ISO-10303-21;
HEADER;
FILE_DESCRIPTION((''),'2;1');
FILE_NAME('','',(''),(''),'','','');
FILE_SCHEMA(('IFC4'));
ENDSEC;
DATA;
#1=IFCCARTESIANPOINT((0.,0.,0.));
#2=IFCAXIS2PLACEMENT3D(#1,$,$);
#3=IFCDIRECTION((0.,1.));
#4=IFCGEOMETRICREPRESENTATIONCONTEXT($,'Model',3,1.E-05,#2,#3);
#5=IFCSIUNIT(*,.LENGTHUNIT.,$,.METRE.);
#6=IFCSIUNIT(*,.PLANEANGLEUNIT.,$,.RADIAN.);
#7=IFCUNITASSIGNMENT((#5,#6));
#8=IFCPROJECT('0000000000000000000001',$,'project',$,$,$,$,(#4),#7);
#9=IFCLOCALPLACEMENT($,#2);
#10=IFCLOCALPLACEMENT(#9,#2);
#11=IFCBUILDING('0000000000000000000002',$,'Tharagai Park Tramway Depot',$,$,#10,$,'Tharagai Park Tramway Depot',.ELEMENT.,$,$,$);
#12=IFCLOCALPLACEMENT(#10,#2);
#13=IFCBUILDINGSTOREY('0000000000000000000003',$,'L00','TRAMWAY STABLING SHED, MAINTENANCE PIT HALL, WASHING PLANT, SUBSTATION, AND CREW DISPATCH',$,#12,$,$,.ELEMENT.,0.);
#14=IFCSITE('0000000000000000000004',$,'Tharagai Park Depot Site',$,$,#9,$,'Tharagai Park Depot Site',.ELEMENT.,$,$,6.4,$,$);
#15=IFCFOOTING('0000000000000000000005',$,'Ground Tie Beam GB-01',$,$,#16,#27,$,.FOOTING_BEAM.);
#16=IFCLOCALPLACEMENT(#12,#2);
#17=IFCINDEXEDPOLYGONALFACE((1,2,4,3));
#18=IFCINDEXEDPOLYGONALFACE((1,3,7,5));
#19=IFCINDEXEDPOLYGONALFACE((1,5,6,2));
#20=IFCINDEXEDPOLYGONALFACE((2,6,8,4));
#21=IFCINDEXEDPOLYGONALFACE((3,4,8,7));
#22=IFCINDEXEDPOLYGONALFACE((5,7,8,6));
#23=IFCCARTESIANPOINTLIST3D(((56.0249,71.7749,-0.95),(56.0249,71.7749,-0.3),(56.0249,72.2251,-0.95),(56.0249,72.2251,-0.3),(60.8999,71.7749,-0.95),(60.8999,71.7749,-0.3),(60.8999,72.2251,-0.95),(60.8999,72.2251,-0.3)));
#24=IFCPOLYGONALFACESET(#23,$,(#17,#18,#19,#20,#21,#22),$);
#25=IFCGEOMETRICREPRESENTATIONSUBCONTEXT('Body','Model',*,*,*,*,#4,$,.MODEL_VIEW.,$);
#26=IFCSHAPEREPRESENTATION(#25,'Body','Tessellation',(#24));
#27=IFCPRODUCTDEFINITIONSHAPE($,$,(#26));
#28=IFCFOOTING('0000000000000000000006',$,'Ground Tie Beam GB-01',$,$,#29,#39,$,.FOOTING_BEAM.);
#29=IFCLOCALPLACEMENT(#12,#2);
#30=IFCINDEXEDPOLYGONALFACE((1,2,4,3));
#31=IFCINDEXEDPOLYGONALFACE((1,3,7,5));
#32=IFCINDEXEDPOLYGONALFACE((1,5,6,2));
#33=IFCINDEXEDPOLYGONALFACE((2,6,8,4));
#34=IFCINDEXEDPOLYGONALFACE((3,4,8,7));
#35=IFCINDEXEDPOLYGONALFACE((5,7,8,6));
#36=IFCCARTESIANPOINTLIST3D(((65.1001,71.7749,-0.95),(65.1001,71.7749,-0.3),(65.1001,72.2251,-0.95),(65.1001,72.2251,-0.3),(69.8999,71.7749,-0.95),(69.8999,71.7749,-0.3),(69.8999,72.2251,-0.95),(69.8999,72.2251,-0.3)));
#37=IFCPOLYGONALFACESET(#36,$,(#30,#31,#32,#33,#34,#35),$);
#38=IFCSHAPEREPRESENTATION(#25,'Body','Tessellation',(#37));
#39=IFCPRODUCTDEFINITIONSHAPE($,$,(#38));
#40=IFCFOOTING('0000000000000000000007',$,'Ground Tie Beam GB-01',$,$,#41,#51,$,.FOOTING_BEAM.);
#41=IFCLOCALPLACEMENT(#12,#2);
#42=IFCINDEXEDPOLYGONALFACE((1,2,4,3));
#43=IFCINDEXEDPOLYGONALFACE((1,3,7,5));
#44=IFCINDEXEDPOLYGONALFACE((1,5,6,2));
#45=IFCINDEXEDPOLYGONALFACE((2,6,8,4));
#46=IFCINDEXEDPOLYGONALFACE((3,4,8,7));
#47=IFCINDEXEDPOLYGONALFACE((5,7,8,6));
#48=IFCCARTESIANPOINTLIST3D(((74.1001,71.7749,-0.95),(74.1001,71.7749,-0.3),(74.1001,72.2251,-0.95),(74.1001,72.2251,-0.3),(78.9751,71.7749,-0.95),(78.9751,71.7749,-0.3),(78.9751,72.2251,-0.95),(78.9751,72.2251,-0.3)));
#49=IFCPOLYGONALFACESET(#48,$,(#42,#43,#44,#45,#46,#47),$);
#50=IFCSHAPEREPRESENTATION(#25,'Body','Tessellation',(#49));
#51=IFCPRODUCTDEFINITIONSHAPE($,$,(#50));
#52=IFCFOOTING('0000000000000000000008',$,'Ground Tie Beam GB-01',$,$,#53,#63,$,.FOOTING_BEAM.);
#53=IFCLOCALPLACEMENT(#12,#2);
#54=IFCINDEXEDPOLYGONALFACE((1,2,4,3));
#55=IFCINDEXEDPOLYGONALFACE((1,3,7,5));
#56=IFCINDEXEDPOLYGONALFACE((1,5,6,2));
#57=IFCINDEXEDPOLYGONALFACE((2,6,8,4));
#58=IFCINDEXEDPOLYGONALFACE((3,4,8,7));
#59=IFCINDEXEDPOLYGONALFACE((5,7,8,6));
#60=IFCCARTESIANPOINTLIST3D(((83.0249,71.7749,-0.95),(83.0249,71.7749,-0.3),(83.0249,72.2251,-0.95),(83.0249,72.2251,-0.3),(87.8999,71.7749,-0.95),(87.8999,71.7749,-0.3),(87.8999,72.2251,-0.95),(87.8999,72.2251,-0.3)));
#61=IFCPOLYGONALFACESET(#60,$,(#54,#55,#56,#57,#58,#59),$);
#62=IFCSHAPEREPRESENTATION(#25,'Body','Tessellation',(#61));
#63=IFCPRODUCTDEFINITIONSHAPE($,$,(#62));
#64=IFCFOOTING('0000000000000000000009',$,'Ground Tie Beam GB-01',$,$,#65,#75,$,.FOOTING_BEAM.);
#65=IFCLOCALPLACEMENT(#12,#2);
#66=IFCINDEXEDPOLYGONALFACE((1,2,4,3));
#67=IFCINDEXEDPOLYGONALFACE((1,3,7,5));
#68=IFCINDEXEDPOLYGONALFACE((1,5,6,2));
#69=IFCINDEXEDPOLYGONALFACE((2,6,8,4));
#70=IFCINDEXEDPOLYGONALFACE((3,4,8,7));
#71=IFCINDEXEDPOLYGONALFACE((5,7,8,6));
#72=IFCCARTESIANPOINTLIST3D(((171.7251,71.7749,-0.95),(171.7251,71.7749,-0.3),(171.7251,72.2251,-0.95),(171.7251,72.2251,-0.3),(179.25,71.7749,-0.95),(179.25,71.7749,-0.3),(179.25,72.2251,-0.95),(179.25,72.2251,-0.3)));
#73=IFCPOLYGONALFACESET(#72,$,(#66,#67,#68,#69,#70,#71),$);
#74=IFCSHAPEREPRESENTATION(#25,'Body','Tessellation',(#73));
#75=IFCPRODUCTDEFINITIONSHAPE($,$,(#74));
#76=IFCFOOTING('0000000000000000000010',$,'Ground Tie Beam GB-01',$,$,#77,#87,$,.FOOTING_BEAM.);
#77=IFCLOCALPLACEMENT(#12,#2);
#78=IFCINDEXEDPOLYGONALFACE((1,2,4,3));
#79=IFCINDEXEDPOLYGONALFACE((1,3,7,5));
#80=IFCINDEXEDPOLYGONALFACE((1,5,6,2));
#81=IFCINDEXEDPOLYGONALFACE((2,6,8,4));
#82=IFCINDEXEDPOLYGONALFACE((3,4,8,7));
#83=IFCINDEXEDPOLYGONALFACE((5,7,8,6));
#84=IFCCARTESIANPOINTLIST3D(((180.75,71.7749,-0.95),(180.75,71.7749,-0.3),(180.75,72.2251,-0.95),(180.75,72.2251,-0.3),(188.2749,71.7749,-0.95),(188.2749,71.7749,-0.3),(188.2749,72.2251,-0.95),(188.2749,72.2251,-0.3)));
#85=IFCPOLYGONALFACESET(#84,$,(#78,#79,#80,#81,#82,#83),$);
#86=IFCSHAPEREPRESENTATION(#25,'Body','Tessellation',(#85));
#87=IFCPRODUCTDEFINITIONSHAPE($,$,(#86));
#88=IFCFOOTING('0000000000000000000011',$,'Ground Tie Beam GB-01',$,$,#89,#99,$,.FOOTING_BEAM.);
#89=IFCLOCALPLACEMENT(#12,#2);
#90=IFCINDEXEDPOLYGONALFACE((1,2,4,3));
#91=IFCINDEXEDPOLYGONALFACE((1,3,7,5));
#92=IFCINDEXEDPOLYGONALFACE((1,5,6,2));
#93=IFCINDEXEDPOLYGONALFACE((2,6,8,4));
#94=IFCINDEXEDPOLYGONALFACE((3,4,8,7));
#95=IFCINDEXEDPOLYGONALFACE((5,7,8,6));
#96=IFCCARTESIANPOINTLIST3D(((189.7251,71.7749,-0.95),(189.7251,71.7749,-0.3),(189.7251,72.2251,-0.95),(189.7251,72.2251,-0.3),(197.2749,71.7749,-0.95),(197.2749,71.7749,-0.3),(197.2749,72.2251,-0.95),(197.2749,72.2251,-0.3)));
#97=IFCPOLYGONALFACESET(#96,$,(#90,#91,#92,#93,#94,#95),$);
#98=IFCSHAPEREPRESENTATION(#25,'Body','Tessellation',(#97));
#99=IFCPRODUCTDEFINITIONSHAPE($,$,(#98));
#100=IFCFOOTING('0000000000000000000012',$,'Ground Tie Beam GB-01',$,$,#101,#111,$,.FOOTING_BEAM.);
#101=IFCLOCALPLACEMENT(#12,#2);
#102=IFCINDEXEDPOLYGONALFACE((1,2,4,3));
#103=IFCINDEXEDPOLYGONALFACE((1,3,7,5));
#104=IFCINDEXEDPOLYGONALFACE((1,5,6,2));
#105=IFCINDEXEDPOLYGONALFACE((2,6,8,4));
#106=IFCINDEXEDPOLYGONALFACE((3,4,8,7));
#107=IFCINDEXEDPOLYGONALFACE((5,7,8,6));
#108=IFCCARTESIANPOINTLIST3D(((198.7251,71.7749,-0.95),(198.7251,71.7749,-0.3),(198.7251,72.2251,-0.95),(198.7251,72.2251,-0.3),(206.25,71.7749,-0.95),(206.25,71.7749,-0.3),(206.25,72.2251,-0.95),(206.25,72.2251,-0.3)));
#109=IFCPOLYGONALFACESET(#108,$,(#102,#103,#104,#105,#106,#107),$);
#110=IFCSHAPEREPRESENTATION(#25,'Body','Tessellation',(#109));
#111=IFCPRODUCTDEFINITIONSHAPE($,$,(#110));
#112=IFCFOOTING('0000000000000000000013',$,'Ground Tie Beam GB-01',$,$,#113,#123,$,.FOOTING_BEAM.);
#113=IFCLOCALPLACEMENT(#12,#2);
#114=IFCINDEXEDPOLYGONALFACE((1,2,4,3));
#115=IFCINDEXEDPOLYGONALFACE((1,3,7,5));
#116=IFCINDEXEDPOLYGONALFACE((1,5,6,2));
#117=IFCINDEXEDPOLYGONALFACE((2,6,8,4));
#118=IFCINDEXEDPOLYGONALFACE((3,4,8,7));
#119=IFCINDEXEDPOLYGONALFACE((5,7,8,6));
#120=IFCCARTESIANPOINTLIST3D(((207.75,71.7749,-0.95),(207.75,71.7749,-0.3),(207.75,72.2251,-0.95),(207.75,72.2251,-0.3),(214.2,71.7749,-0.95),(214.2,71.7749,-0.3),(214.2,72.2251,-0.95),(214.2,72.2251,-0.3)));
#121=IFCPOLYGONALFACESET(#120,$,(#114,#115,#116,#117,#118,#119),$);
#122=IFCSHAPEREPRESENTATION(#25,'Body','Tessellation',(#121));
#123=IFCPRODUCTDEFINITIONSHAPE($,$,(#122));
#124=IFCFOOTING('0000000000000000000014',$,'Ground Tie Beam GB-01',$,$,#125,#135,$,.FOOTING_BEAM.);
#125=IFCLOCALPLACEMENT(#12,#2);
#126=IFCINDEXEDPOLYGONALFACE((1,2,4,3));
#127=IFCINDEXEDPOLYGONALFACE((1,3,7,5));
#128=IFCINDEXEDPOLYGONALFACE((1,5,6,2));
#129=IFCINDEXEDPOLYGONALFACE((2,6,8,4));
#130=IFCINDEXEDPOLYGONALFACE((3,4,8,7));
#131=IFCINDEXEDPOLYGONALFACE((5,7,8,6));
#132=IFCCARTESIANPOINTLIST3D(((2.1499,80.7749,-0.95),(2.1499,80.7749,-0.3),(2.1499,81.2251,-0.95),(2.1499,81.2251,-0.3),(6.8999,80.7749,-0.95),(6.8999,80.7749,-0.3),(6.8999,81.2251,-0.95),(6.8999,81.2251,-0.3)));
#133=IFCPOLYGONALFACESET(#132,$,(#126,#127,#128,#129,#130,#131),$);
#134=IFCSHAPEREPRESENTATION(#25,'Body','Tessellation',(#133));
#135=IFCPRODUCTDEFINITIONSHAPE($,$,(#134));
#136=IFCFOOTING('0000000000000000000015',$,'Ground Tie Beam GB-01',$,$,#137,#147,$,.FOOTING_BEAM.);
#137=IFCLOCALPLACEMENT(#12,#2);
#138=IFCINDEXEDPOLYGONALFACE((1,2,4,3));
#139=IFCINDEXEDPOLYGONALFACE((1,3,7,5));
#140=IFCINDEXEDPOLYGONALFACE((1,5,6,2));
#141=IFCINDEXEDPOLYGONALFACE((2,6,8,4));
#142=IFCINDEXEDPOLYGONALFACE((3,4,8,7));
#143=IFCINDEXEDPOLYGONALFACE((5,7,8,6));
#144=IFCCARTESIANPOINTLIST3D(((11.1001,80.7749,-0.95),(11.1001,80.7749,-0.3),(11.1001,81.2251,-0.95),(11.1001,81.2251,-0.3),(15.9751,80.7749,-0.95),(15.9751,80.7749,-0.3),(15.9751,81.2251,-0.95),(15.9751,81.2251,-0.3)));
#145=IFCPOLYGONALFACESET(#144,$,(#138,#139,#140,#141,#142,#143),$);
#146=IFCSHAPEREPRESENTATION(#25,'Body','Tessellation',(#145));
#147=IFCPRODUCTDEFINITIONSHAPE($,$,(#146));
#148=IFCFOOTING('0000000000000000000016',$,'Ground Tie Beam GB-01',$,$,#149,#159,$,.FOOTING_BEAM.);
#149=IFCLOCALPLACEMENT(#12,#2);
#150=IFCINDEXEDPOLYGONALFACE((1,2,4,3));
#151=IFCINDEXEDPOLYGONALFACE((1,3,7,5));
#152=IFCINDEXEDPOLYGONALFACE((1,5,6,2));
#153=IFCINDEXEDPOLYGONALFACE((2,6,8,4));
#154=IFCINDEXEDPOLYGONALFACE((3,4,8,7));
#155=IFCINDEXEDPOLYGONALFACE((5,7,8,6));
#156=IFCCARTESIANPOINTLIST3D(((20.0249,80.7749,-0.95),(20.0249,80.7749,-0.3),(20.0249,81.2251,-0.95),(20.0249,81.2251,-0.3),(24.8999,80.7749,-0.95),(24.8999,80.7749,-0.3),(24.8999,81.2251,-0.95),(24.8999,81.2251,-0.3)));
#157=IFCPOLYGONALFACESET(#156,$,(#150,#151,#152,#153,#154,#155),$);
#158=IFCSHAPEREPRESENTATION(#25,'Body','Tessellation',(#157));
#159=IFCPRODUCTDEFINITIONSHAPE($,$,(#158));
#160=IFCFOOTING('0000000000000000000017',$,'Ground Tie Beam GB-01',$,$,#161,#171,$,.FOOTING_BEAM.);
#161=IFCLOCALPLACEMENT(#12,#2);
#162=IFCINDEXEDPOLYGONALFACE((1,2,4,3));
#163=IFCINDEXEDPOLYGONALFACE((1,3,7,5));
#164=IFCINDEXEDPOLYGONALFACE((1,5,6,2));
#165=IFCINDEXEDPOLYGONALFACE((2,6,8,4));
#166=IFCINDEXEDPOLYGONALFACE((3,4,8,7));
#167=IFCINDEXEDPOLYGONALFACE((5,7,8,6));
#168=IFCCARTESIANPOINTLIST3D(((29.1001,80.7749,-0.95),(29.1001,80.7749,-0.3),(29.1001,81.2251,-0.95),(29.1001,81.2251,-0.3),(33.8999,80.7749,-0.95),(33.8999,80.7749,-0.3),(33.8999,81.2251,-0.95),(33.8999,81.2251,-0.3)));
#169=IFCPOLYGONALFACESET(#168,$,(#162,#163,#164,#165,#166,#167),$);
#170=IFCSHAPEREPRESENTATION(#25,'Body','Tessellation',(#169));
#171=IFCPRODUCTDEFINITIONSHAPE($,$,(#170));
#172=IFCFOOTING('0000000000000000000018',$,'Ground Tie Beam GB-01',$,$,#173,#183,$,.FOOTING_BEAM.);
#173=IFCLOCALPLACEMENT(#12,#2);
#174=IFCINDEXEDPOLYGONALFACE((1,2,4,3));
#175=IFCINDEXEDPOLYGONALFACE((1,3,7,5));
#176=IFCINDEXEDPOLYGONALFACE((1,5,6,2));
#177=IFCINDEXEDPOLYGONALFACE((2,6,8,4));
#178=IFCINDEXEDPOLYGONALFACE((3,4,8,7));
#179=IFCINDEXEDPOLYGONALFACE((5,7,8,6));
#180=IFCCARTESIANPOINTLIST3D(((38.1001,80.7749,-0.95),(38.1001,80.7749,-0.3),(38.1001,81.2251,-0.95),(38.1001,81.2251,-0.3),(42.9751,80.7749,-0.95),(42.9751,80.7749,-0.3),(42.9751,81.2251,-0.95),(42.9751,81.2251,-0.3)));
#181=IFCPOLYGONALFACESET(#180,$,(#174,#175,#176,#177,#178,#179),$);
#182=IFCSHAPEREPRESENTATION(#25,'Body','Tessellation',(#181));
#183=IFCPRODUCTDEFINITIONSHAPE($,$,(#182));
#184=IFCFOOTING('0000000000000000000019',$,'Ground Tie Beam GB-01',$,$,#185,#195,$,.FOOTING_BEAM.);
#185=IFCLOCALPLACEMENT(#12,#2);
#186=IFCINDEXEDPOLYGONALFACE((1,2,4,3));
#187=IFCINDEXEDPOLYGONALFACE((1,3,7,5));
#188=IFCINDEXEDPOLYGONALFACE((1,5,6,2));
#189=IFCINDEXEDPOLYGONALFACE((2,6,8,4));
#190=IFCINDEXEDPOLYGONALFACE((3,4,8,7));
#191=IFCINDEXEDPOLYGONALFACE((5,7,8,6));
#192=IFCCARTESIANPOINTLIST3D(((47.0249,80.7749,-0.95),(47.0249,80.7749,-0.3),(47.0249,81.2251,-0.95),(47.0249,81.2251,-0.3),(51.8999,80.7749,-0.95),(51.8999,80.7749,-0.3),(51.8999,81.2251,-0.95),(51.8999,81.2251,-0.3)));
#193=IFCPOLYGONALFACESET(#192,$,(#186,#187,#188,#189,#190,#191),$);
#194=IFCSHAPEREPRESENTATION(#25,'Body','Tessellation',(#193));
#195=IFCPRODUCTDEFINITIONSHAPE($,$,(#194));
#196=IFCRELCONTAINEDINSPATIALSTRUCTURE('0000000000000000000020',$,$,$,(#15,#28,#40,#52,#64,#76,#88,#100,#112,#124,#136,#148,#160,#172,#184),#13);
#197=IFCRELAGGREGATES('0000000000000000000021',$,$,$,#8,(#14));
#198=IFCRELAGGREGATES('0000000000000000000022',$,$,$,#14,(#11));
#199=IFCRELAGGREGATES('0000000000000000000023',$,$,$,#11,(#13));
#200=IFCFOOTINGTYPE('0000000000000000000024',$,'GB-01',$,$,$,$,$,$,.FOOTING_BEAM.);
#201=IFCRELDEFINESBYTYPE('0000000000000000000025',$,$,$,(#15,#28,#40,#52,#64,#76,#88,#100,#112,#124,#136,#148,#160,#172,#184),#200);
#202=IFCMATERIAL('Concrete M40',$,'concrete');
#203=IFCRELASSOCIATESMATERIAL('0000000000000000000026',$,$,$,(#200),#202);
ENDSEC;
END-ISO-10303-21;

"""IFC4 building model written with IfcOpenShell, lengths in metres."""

from ifc_helpers import new_model, si_unit, direction, frame, origin, place, context, subcontext, project, spatial, polyline, outline, extrude, material, type_object, element, save


model = new_model("IFC4")

# Units and contexts
model_context = context("Model", 3, precision=1e-05, world=origin(), true_north=direction((0.0, 1.0)))
body_context = subcontext(model_context, "Body", "Model", "MODEL_VIEW")
ifc_project = project(units=[si_unit("LENGTHUNIT", "METRE"), si_unit("PLANEANGLEUNIT", "RADIAN")], contexts=[model_context])

# Site, building, storey
site_placement = place(None, origin())
site = spatial("IfcSite", under=ifc_project, at=site_placement, Name="Tharagai Park Depot Site", LongName="Tharagai Park Depot Site", CompositionType="ELEMENT", RefElevation=6.4)
building_placement = place(site_placement, origin())
building = spatial("IfcBuilding", under=site, at=building_placement, Name="Tharagai Park Tramway Depot", LongName="Tharagai Park Tramway Depot", CompositionType="ELEMENT")
storey_placement = place(building_placement, origin())
storey = spatial("IfcBuildingStorey", under=building, at=storey_placement, Name="L00", Description="TRAMWAY STABLING SHED, MAINTENANCE PIT HALL, WASHING PLANT, SUBSTATION, AND CREW DISPATCH", CompositionType="ELEMENT", Elevation=0.0)

# Footings
ifc_material = material(Name="Concrete M40", Category="concrete")
footing_type = type_object("IfcFootingType", Name="GB-01", PredefinedType="FOOTING_BEAM", material=ifc_material)
footing_1_placement = place(storey_placement, frame((0.0, 0.0, -0.95)))
element("IfcFooting", 1, at=footing_1_placement, inside=storey, type_object=footing_type, Name="Ground Tie Beam GB-01", PredefinedType="FOOTING_BEAM", context=body_context, shape_type="SweptSolid", body=[
    extrude(outline(polyline([(56.0249, 71.7749), (60.8999, 71.7749), (60.8999, 72.2251), (56.0249, 72.2251), (56.0249, 71.7749)])), origin(), (0.0, 0.0, 1.0), 0.6499),
])
footing_2_placement = place(storey_placement, frame((0.0, 0.0, -0.95)))
element("IfcFooting", 2, at=footing_2_placement, inside=storey, type_object=footing_type, Name="Ground Tie Beam GB-01", PredefinedType="FOOTING_BEAM", context=body_context, shape_type="SweptSolid", body=[
    extrude(outline(polyline([(65.1001, 71.7749), (69.8999, 71.7749), (69.8999, 72.2251), (65.1001, 72.2251), (65.1001, 71.7749)])), origin(), (0.0, 0.0, 1.0), 0.6499),
])
footing_3_placement = place(storey_placement, frame((0.0, 0.0, -0.95)))
element("IfcFooting", 3, at=footing_3_placement, inside=storey, type_object=footing_type, Name="Ground Tie Beam GB-01", PredefinedType="FOOTING_BEAM", context=body_context, shape_type="SweptSolid", body=[
    extrude(outline(polyline([(74.1001, 71.7749), (78.9751, 71.7749), (78.9751, 72.2251), (74.1001, 72.2251), (74.1001, 71.7749)])), origin(), (0.0, 0.0, 1.0), 0.6499),
])
footing_4_placement = place(storey_placement, frame((0.0, 0.0, -0.95)))
element("IfcFooting", 4, at=footing_4_placement, inside=storey, type_object=footing_type, Name="Ground Tie Beam GB-01", PredefinedType="FOOTING_BEAM", context=body_context, shape_type="SweptSolid", body=[
    extrude(outline(polyline([(83.0249, 71.7749), (87.8999, 71.7749), (87.8999, 72.2251), (83.0249, 72.2251), (83.0249, 71.7749)])), origin(), (0.0, 0.0, 1.0), 0.6499),
])
footing_5_placement = place(storey_placement, frame((0.0, 0.0, -0.95)))
element("IfcFooting", 5, at=footing_5_placement, inside=storey, type_object=footing_type, Name="Ground Tie Beam GB-01", PredefinedType="FOOTING_BEAM", context=body_context, shape_type="SweptSolid", body=[
    extrude(outline(polyline([(171.7251, 71.7749), (179.25, 71.7749), (179.25, 72.2251), (171.7251, 72.2251), (171.7251, 71.7749)])), origin(), (0.0, 0.0, 1.0), 0.6499),
])
footing_6_placement = place(storey_placement, frame((0.0, 0.0, -0.95)))
element("IfcFooting", 6, at=footing_6_placement, inside=storey, type_object=footing_type, Name="Ground Tie Beam GB-01", PredefinedType="FOOTING_BEAM", context=body_context, shape_type="SweptSolid", body=[
    extrude(outline(polyline([(180.75, 71.7749), (188.2749, 71.7749), (188.2749, 72.2251), (180.75, 72.2251), (180.75, 71.7749)])), origin(), (0.0, 0.0, 1.0), 0.6499),
])
footing_7_placement = place(storey_placement, frame((0.0, 0.0, -0.95)))
element("IfcFooting", 7, at=footing_7_placement, inside=storey, type_object=footing_type, Name="Ground Tie Beam GB-01", PredefinedType="FOOTING_BEAM", context=body_context, shape_type="SweptSolid", body=[
    extrude(outline(polyline([(189.7251, 71.7749), (197.2749, 71.7749), (197.2749, 72.2251), (189.7251, 72.2251), (189.7251, 71.7749)])), origin(), (0.0, 0.0, 1.0), 0.6499),
])
footing_8_placement = place(storey_placement, frame((0.0, 0.0, -0.95)))
element("IfcFooting", 8, at=footing_8_placement, inside=storey, type_object=footing_type, Name="Ground Tie Beam GB-01", PredefinedType="FOOTING_BEAM", context=body_context, shape_type="SweptSolid", body=[
    extrude(outline(polyline([(198.7251, 71.7749), (206.25, 71.7749), (206.25, 72.2251), (198.7251, 72.2251), (198.7251, 71.7749)])), origin(), (0.0, 0.0, 1.0), 0.6499),
])
footing_9_placement = place(storey_placement, frame((0.0, 0.0, -0.95)))
element("IfcFooting", 9, at=footing_9_placement, inside=storey, type_object=footing_type, Name="Ground Tie Beam GB-01", PredefinedType="FOOTING_BEAM", context=body_context, shape_type="SweptSolid", body=[
    extrude(outline(polyline([(207.75, 71.7749), (214.2, 71.7749), (214.2, 72.2251), (207.75, 72.2251), (207.75, 71.7749)])), origin(), (0.0, 0.0, 1.0), 0.6499),
])
footing_10_placement = place(storey_placement, frame((0.0, 0.0, -0.95)))
element("IfcFooting", 10, at=footing_10_placement, inside=storey, type_object=footing_type, Name="Ground Tie Beam GB-01", PredefinedType="FOOTING_BEAM", context=body_context, shape_type="SweptSolid", body=[
    extrude(outline(polyline([(2.1499, 80.7749), (6.8999, 80.7749), (6.8999, 81.2251), (2.1499, 81.2251), (2.1499, 80.7749)])), origin(), (0.0, 0.0, 1.0), 0.6499),
])
footing_11_placement = place(storey_placement, frame((0.0, 0.0, -0.95)))
element("IfcFooting", 11, at=footing_11_placement, inside=storey, type_object=footing_type, Name="Ground Tie Beam GB-01", PredefinedType="FOOTING_BEAM", context=body_context, shape_type="SweptSolid", body=[
    extrude(outline(polyline([(11.1001, 80.7749), (15.9751, 80.7749), (15.9751, 81.2251), (11.1001, 81.2251), (11.1001, 80.7749)])), origin(), (0.0, 0.0, 1.0), 0.6499),
])
footing_12_placement = place(storey_placement, frame((0.0, 0.0, -0.95)))
element("IfcFooting", 12, at=footing_12_placement, inside=storey, type_object=footing_type, Name="Ground Tie Beam GB-01", PredefinedType="FOOTING_BEAM", context=body_context, shape_type="SweptSolid", body=[
    extrude(outline(polyline([(20.0249, 80.7749), (24.8999, 80.7749), (24.8999, 81.2251), (20.0249, 81.2251), (20.0249, 80.7749)])), origin(), (0.0, 0.0, 1.0), 0.6499),
])
footing_13_placement = place(storey_placement, frame((0.0, 0.0, -0.95)))
element("IfcFooting", 13, at=footing_13_placement, inside=storey, type_object=footing_type, Name="Ground Tie Beam GB-01", PredefinedType="FOOTING_BEAM", context=body_context, shape_type="SweptSolid", body=[
    extrude(outline(polyline([(29.1001, 80.7749), (33.8999, 80.7749), (33.8999, 81.2251), (29.1001, 81.2251), (29.1001, 80.7749)])), origin(), (0.0, 0.0, 1.0), 0.6499),
])
footing_14_placement = place(storey_placement, frame((0.0, 0.0, -0.95)))
element("IfcFooting", 14, at=footing_14_placement, inside=storey, type_object=footing_type, Name="Ground Tie Beam GB-01", PredefinedType="FOOTING_BEAM", context=body_context, shape_type="SweptSolid", body=[
    extrude(outline(polyline([(38.1001, 80.7749), (42.9751, 80.7749), (42.9751, 81.2251), (38.1001, 81.2251), (38.1001, 80.7749)])), origin(), (0.0, 0.0, 1.0), 0.6499),
])
footing_15_placement = place(storey_placement, frame((0.0, 0.0, -0.95)))
element("IfcFooting", 15, at=footing_15_placement, inside=storey, type_object=footing_type, Name="Ground Tie Beam GB-01", PredefinedType="FOOTING_BEAM", context=body_context, shape_type="SweptSolid", body=[
    extrude(outline(polyline([(47.0249, 80.7749), (51.8999, 80.7749), (51.8999, 81.2251), (47.0249, 81.2251), (47.0249, 80.7749)])), origin(), (0.0, 0.0, 1.0), 0.6499),
])

save(model, "model.ifc")
